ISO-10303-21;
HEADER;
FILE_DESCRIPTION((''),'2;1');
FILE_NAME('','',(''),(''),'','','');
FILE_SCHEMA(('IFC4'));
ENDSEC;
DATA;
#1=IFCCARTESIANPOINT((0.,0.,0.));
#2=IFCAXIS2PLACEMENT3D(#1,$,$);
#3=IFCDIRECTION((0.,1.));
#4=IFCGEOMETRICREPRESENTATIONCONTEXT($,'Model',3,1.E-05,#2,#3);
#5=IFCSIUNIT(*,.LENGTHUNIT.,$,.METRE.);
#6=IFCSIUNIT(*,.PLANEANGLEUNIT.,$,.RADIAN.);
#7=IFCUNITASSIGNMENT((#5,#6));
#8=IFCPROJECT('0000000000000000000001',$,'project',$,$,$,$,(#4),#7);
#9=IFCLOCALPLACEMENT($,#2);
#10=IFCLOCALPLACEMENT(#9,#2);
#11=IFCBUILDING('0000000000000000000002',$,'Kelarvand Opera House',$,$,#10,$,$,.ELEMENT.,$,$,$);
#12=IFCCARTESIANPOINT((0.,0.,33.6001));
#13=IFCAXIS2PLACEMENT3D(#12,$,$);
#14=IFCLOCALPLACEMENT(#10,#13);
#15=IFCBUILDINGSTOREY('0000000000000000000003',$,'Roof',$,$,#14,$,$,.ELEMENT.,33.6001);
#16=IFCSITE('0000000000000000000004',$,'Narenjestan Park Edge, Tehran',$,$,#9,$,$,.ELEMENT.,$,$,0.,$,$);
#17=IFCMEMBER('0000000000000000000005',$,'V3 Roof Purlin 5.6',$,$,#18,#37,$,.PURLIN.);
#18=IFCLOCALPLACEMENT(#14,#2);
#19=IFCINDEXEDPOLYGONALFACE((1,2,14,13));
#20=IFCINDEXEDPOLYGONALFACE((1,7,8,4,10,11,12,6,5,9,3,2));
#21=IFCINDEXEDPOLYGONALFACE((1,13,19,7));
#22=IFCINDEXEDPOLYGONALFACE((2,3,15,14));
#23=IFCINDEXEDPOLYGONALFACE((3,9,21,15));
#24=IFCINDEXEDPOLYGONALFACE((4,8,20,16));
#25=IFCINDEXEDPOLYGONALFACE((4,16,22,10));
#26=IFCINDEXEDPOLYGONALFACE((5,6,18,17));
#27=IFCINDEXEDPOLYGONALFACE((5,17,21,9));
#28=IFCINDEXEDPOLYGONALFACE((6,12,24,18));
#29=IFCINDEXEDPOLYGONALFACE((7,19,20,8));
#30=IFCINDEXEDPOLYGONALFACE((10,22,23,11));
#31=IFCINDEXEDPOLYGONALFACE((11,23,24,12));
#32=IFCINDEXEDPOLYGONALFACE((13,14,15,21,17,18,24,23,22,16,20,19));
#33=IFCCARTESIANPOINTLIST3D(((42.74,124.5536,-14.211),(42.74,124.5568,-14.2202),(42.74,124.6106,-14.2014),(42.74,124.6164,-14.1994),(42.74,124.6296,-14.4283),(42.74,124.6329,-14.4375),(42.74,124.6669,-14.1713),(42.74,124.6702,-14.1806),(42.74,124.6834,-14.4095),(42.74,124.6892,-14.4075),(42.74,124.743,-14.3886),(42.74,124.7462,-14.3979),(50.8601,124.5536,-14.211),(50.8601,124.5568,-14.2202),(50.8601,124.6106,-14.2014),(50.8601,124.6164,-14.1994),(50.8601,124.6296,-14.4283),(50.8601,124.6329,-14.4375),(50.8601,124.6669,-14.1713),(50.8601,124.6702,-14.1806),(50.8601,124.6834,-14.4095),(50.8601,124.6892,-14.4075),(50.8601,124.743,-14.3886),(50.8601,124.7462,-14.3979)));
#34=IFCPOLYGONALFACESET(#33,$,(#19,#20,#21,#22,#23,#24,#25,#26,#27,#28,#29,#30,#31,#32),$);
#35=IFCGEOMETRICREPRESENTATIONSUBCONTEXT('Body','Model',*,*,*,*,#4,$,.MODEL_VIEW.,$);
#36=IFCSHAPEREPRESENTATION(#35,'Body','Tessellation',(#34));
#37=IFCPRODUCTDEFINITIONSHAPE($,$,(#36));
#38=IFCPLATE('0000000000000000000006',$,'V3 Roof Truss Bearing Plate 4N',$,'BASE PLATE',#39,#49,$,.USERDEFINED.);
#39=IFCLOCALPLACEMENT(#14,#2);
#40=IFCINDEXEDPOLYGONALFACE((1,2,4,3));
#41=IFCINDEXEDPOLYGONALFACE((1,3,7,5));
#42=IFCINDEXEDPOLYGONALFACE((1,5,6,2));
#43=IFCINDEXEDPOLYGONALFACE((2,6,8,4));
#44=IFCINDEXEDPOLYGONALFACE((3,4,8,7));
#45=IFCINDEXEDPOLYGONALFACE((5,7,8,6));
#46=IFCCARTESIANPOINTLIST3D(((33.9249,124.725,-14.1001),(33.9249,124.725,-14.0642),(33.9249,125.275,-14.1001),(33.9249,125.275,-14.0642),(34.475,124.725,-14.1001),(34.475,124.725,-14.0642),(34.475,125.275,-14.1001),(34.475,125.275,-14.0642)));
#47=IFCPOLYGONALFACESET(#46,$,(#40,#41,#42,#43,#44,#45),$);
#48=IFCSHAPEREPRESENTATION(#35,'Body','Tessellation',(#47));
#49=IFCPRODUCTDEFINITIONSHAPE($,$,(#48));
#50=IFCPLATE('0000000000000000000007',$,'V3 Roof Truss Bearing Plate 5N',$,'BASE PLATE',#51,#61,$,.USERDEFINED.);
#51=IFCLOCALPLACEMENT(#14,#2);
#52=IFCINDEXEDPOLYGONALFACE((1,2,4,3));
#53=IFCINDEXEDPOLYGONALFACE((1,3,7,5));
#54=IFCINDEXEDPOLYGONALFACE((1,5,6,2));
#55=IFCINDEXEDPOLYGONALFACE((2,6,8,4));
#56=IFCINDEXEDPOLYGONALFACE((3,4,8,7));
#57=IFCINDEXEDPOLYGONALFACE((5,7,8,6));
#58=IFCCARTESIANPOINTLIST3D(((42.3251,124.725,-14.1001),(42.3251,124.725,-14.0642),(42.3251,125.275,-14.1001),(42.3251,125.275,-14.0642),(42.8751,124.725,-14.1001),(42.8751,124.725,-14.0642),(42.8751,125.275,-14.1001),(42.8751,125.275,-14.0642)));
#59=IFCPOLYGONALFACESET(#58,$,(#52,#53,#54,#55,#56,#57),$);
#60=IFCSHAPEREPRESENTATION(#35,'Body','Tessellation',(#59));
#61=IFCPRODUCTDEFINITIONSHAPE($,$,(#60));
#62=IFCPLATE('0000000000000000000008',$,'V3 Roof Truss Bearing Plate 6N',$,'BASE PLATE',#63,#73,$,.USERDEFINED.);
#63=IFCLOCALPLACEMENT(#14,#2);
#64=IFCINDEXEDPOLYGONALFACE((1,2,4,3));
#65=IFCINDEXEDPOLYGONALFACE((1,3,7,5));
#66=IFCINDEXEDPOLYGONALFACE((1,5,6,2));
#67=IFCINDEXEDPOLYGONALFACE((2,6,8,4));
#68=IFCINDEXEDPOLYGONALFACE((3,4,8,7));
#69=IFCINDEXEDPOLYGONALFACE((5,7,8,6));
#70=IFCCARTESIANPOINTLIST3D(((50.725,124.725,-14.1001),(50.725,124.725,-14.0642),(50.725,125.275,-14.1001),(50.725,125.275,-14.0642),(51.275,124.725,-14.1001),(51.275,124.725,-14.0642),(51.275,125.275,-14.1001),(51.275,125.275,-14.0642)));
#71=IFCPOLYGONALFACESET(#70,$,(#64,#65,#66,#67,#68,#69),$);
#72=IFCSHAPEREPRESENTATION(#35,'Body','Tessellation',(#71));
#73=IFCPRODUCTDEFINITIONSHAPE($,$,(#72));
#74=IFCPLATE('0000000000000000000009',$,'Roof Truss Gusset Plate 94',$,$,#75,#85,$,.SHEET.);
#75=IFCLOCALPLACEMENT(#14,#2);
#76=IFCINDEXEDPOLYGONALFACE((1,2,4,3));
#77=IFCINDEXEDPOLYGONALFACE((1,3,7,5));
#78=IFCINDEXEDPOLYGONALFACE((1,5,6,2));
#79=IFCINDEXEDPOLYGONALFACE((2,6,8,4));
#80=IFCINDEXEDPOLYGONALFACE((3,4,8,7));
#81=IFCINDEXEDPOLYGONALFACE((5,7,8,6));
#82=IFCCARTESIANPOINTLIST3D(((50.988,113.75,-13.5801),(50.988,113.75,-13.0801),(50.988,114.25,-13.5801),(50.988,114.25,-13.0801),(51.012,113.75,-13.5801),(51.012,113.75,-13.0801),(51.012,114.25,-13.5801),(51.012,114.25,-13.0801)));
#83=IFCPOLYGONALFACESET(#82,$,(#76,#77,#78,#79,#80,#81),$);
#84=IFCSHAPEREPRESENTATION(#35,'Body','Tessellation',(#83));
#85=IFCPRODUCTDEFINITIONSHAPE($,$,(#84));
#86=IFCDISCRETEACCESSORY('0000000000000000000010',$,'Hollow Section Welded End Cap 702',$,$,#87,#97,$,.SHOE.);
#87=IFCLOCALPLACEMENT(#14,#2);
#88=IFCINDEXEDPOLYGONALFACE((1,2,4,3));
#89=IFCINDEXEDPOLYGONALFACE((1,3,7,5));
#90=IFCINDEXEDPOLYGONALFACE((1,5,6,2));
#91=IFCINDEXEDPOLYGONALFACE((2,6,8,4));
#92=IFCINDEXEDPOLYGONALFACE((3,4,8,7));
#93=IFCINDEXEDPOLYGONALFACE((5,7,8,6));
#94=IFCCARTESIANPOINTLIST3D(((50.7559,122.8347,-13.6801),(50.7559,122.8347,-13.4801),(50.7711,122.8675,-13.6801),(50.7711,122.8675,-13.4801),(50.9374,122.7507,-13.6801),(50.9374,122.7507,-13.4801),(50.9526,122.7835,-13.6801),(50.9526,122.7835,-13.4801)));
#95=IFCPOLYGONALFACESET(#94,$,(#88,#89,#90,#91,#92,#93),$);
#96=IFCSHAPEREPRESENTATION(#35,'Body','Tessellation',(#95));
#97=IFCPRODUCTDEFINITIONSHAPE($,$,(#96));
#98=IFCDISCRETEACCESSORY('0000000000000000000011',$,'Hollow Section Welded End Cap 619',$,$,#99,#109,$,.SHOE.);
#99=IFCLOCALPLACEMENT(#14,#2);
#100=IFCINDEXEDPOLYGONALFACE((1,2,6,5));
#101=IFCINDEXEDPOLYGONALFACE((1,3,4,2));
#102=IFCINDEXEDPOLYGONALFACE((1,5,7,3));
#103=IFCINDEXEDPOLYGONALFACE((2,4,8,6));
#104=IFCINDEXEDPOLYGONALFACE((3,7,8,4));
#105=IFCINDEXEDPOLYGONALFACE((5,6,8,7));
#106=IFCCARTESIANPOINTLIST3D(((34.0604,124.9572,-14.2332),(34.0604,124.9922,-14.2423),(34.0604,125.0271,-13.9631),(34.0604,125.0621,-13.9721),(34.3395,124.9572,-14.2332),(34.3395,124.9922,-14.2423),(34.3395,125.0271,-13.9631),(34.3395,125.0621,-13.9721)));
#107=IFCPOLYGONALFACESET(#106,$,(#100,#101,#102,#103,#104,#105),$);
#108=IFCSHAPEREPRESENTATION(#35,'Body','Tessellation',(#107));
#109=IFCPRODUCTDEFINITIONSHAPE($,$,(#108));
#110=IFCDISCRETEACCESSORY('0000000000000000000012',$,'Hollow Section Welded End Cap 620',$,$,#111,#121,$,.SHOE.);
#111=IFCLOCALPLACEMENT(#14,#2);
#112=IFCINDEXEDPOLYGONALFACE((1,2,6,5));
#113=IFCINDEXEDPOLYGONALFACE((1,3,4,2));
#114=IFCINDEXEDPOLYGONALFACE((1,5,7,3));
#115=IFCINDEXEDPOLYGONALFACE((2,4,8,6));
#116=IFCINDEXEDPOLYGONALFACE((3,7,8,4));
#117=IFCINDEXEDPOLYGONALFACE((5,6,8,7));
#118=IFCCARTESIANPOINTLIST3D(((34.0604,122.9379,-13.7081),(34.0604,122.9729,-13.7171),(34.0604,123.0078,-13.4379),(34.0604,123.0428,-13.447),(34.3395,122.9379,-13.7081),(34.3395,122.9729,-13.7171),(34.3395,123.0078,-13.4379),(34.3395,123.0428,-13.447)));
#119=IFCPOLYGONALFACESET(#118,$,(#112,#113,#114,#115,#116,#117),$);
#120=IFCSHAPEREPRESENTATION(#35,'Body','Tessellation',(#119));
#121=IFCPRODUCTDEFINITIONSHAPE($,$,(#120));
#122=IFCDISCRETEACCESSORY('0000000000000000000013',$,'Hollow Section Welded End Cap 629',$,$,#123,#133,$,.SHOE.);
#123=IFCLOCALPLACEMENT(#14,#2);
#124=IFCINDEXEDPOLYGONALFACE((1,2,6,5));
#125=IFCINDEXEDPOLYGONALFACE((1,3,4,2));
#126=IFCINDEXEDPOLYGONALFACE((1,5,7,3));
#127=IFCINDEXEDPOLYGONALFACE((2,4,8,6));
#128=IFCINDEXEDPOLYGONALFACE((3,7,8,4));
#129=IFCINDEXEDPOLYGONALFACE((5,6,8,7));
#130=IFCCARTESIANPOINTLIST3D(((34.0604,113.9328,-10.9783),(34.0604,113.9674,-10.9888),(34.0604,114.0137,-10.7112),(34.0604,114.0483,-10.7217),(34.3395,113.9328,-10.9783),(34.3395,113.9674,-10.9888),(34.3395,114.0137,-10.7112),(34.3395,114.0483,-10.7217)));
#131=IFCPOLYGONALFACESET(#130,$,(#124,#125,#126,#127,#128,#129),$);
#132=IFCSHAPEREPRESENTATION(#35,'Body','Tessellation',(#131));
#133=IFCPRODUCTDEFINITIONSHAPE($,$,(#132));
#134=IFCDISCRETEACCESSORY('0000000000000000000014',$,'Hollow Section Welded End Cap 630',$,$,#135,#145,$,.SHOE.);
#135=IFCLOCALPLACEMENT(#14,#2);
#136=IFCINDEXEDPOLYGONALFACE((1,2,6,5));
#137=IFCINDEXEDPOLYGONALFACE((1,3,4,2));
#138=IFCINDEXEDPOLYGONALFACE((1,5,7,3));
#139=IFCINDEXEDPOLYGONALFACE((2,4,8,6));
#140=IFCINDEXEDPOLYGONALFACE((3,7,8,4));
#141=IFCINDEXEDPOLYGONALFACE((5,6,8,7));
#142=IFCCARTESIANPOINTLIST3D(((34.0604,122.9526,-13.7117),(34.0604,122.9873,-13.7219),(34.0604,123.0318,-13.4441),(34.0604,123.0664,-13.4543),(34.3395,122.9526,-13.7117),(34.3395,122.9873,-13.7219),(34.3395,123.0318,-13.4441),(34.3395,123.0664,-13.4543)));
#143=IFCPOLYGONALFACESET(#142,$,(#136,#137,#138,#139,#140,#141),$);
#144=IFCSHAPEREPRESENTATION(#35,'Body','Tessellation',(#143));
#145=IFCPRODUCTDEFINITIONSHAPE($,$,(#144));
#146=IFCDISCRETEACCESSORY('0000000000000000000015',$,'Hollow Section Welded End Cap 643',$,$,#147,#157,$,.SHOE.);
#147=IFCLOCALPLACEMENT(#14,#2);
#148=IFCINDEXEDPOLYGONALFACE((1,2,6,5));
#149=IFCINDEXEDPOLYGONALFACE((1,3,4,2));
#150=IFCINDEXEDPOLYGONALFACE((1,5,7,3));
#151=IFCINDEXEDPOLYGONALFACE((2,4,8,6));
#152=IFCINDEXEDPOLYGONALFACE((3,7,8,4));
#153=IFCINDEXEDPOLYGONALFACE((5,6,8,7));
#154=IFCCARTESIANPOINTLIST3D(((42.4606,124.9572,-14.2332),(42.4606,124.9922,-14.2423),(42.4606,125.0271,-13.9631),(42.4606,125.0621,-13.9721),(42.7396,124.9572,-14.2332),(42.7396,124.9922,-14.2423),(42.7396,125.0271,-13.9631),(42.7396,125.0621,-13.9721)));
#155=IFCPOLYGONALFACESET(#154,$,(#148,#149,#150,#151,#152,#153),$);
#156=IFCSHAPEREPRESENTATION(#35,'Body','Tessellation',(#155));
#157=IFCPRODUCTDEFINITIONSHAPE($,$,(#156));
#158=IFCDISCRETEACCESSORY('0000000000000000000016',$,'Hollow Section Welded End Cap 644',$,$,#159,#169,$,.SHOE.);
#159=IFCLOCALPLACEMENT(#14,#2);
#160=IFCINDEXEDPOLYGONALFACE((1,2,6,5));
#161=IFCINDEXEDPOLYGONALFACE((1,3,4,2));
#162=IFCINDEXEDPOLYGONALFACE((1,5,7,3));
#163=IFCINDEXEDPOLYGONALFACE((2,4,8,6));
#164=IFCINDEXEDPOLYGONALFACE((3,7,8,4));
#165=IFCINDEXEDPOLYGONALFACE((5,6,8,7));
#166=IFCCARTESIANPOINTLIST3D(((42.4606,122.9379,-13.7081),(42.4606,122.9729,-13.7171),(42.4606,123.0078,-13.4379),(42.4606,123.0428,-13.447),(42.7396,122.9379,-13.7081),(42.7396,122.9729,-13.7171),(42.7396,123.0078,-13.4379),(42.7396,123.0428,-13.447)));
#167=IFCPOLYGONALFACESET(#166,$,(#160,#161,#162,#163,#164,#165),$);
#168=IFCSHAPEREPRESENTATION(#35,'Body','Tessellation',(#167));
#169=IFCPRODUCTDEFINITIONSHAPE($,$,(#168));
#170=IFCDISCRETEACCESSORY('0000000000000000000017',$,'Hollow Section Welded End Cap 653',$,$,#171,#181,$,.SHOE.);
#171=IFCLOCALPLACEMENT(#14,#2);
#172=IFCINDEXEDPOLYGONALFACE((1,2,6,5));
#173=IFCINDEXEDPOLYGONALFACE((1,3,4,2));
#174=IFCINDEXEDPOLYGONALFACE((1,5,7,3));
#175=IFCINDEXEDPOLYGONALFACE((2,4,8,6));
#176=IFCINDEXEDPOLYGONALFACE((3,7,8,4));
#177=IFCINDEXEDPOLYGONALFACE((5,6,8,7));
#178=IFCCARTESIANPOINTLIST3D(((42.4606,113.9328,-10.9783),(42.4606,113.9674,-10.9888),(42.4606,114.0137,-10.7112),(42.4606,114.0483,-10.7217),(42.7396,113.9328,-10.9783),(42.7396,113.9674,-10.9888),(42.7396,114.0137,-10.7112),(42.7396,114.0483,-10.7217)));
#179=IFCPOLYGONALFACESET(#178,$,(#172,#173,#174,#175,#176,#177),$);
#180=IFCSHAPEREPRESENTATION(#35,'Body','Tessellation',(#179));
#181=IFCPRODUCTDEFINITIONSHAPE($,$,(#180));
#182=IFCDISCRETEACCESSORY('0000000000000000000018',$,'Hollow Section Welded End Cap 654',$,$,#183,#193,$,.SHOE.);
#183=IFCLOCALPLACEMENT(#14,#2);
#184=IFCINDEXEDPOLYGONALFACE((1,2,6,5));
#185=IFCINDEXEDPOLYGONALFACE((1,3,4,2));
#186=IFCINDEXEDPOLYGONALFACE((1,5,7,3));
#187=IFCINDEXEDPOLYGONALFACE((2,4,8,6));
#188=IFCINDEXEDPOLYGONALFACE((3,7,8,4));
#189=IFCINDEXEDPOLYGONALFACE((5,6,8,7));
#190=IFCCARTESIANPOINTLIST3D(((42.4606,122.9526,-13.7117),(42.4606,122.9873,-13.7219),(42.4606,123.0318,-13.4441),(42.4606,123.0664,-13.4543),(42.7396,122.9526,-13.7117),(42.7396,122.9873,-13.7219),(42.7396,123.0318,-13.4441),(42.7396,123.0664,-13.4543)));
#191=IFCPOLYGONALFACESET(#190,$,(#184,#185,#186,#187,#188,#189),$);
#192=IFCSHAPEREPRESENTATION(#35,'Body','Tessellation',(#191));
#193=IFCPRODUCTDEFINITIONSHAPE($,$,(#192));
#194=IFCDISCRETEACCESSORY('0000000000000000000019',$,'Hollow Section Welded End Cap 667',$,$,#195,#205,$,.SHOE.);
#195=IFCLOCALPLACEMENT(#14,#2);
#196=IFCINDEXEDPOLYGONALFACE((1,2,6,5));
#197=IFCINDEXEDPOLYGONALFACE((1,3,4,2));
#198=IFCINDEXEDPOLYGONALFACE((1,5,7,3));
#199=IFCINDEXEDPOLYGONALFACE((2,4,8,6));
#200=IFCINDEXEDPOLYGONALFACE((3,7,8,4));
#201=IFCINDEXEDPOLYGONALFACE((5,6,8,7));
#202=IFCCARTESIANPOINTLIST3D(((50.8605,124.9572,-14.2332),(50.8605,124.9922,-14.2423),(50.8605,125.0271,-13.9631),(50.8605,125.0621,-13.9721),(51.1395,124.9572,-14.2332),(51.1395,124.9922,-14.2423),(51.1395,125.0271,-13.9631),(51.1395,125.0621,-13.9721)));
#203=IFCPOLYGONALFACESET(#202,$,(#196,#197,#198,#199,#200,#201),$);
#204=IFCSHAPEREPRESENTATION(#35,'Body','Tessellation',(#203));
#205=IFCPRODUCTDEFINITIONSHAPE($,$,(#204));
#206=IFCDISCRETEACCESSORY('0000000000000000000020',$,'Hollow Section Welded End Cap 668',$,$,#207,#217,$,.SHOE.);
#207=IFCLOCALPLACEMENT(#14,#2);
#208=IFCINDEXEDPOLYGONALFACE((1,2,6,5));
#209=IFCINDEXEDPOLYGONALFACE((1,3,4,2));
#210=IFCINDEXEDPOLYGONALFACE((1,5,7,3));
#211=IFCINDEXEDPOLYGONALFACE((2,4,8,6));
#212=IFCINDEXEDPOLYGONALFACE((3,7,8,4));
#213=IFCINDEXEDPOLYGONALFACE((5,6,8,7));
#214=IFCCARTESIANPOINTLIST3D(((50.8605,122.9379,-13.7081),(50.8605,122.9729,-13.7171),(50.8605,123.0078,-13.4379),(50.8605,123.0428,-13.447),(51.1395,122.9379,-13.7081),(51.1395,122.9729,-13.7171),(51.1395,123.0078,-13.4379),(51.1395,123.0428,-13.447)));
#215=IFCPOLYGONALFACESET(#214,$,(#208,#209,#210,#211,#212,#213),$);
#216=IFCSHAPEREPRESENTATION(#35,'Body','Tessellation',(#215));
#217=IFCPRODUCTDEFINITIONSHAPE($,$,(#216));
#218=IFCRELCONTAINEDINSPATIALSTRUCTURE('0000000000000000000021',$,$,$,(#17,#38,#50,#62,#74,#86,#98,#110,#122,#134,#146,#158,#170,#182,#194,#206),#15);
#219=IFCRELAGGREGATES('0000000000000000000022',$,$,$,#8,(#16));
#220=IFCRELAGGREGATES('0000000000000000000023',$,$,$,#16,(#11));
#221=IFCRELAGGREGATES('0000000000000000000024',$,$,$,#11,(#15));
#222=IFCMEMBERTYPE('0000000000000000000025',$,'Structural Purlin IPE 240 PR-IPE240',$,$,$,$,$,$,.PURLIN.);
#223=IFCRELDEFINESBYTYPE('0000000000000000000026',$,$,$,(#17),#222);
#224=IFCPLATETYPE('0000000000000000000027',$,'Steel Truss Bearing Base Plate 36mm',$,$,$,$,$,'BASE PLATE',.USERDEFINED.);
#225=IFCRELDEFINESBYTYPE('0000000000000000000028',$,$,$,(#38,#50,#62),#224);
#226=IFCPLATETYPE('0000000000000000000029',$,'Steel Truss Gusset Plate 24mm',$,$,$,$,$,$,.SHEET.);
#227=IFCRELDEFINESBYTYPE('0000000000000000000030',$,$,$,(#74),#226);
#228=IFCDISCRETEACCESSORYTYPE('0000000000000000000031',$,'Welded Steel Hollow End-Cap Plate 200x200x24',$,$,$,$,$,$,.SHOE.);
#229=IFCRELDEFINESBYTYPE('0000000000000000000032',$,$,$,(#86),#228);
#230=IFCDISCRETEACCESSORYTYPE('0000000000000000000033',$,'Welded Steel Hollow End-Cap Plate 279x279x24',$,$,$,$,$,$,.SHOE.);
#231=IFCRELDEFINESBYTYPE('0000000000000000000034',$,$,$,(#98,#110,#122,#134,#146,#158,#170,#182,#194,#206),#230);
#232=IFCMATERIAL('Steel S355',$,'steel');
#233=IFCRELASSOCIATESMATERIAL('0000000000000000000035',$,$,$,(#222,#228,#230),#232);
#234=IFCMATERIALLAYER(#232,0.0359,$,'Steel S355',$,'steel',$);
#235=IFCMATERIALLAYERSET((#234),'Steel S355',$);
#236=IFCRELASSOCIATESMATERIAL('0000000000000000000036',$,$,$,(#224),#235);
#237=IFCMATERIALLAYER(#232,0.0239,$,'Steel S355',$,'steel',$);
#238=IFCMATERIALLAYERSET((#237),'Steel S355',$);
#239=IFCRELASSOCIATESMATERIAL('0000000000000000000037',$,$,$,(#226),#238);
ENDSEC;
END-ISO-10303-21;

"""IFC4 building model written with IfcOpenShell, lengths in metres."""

from ifc_helpers import new_model, si_unit, direction, frame, origin, origin_2d, place, context, subcontext, project, spatial, rectangle, i_section, extrude, material, layer, layer_set, material_profile, profile_set, type_object, element, save


model = new_model("IFC4")

# Units and contexts
model_context = context("Model", 3, precision=1e-05, world=origin(), true_north=direction((0.0, 1.0)))
body_context = subcontext(model_context, "Body", "Model", "MODEL_VIEW")
ifc_project = project(units=[si_unit("LENGTHUNIT", "METRE"), si_unit("PLANEANGLEUNIT", "RADIAN")], contexts=[model_context])

# Site, building, storey
site_placement = place(None, origin())
site = spatial("IfcSite", under=ifc_project, at=site_placement, Name="Narenjestan Park Edge, Tehran", CompositionType="ELEMENT", RefElevation=0.0)
building_placement = place(site_placement, origin())
building = spatial("IfcBuilding", under=site, at=building_placement, Name="Kelarvand Opera House", CompositionType="ELEMENT")
storey_placement = place(building_placement, frame((0.0, 0.0, 33.6001)))
storey = spatial("IfcBuildingStorey", under=building, at=storey_placement, Name="Roof", CompositionType="ELEMENT", Elevation=33.6001)

# Member
ifc_material = material(Name="Steel S355", Category="steel")
ifc_material_profile_1 = material_profile(ifc_material, i_section(OverallWidth=0.1201, OverallDepth=0.24, WebThickness=0.0061, FlangeThickness=0.0098, at=origin_2d()), Name="IPE 240", Category="steel")
ifc_profile_set_1 = profile_set([ifc_material_profile_1], Name="Steel S355")
member_type_1 = type_object("IfcMemberType", Name="Structural Purlin IPE 240 PR-IPE240", PredefinedType="PURLIN", material=ifc_profile_set_1)
for number, where, z_axis, x_axis, name in (
    (1, (42.74, 124.6499, -14.3044), (1.0, 0.0, 0.0), (0.0, 0.943859, 0.33035), "V3 Roof Purlin 5.6"),
):
    element("IfcMember", number, at=place(storey_placement, frame(where, z_axis=z_axis, x_axis=x_axis)), inside=storey, type_object=member_type_1, Name=name, PredefinedType="PURLIN", context=body_context, shape_type="SweptSolid", body=[
        extrude(i_section(OverallWidth=0.1201, OverallDepth=0.24, WebThickness=0.0061, FlangeThickness=0.0098, at=origin_2d()), origin(), (0.0, 0.0, 1.0), 8.1201),
    ])

# Plates
ifc_layer_1 = layer(ifc_material, 0.0359, Name="Steel S355", Category="steel")
ifc_layer_set_1 = layer_set([ifc_layer_1], Name="Steel S355")
plate_type_1 = type_object("IfcPlateType", Name="Steel Truss Bearing Base Plate 36mm", ElementType="BASE PLATE", PredefinedType="USERDEFINED", material=ifc_layer_set_1)
for number, where, z_axis, x_axis, name in (
    (2, (34.2, 125.0, -14.1001), (0.0, 0.0, 1.0), (1.0, 0.0, 0.0), "V3 Roof Truss Bearing Plate 4N"),
    (3, (42.6001, 125.0, -14.1001), (0.0, 0.0, 1.0), (1.0, 0.0, 0.0), "V3 Roof Truss Bearing Plate 5N"),
    (4, (51.0, 125.0, -14.1001), (0.0, 0.0, 1.0), (1.0, 0.0, 0.0), "V3 Roof Truss Bearing Plate 6N"),
):
    element("IfcPlate", number, at=place(storey_placement, frame(where, z_axis=z_axis, x_axis=x_axis)), inside=storey, type_object=plate_type_1, Name=name, ObjectType="BASE PLATE", PredefinedType="USERDEFINED", context=body_context, shape_type="SweptSolid", body=[
        extrude(rectangle(XDim=0.55, YDim=0.55, at=origin_2d()), origin(), (0.0, 0.0, 1.0), 0.0359),
    ])
ifc_layer_2 = layer(ifc_material, 0.0239, Name="Steel S355", Category="steel")
ifc_layer_set_2 = layer_set([ifc_layer_2], Name="Steel S355")
plate_type_2 = type_object("IfcPlateType", Name="Steel Truss Gusset Plate 24mm", PredefinedType="SHEET", material=ifc_layer_set_2)
plate_placement = place(storey_placement, frame((51.0, 114.0, -13.5801), z_axis=(0.0, 0.0, 1.0), x_axis=(1.0, 0.0, 0.0)))
element("IfcPlate", 5, at=plate_placement, inside=storey, type_object=plate_type_2, Name="Roof Truss Gusset Plate 94", PredefinedType="SHEET", context=body_context, shape_type="SweptSolid", body=[
    extrude(rectangle(XDim=0.0239, YDim=0.5, at=origin_2d()), origin(), (0.0, 0.0, 1.0), 0.5),
])

# Discrete accessories
ifc_material_profile_2 = material_profile(ifc_material, rectangle(XDim=0.2, YDim=0.2, at=origin_2d()), Name="Welded Steel Hollow End-Cap Plate 200x200x24", Category="steel")
ifc_profile_set_2 = profile_set([ifc_material_profile_2], Name="Steel S355")
discrete_accessory_type_1 = type_object("IfcDiscreteAccessoryType", Name="Welded Steel Hollow End-Cap Plate 200x200x24", PredefinedType="SHOE", material=ifc_profile_set_2)
discrete_accessory_1_placement = place(storey_placement, frame((50.8467, 122.7927, -13.5801), z_axis=(0.419917, 0.907563, 0.0), x_axis=(-0.907563, 0.419917, 0.0)))
element("IfcDiscreteAccessory", 6, at=discrete_accessory_1_placement, inside=storey, type_object=discrete_accessory_type_1, Name="Hollow Section Welded End Cap 702", PredefinedType="SHOE", context=body_context, shape_type="SweptSolid", body=[
    extrude(rectangle(XDim=0.2, YDim=0.2, at=origin_2d()), origin(), (0.0, 0.0, 1.0), 0.0361),
])
ifc_material_profile_3 = material_profile(ifc_material, rectangle(XDim=0.2791, YDim=0.2791, at=origin_2d()), Name="Welded Steel Hollow End-Cap Plate 279x279x24", Category="steel")
ifc_profile_set_3 = profile_set([ifc_material_profile_3], Name="Steel S355")
discrete_accessory_type_2 = type_object("IfcDiscreteAccessoryType", Name="Welded Steel Hollow End-Cap Plate 279x279x24", PredefinedType="SHOE", material=ifc_profile_set_3)
for number, where, z_axis, x_axis, name in (
    (7, (34.2, 124.9922, -14.0981), (0.0, 0.968119, -0.250492), (-1.0, 0.0, 0.0), "Hollow Section Welded End Cap 619"),
    (8, (34.2, 123.0078, -13.582), (0.0, -0.968119, 0.250492), (1.0, 0.0, 0.0), "Hollow Section Welded End Cap 620"),
    (9, (34.2, 114.0078, -10.8552), (0.0, -0.957081, 0.28982), (1.0, 0.0, 0.0), "Hollow Section Welded End Cap 629"),
    (10, (34.2, 122.9922, -13.5779), (0.0, 0.958934, -0.283628), (-1.0, 0.0, 0.0), "Hollow Section Welded End Cap 630"),
    (11, (42.6001, 124.9922, -14.0981), (0.0, 0.968119, -0.250492), (-1.0, 0.0, 0.0), "Hollow Section Welded End Cap 643"),
    (12, (42.6001, 123.0078, -13.582), (0.0, -0.968119, 0.250492), (1.0, 0.0, 0.0), "Hollow Section Welded End Cap 644"),
    (13, (42.6001, 114.0078, -10.8552), (0.0, -0.957081, 0.28982), (1.0, 0.0, 0.0), "Hollow Section Welded End Cap 653"),
    (14, (42.6001, 122.9922, -13.5779), (0.0, 0.958934, -0.283628), (-1.0, 0.0, 0.0), "Hollow Section Welded End Cap 654"),
    (15, (51.0, 124.9922, -14.0981), (0.0, 0.968119, -0.250492), (-1.0, 0.0, 0.0), "Hollow Section Welded End Cap 667"),
    (16, (51.0, 123.0078, -13.582), (0.0, -0.968119, 0.250492), (1.0, 0.0, 0.0), "Hollow Section Welded End Cap 668"),
):
    element("IfcDiscreteAccessory", number, at=place(storey_placement, frame(where, z_axis=z_axis, x_axis=x_axis)), inside=storey, type_object=discrete_accessory_type_2, Name=name, PredefinedType="SHOE", context=body_context, shape_type="SweptSolid", body=[
        extrude(rectangle(XDim=0.2791, YDim=0.2791, at=origin_2d()), origin(), (0.0, 0.0, 1.0), 0.0361),
    ])

save(model, "model.ifc")
